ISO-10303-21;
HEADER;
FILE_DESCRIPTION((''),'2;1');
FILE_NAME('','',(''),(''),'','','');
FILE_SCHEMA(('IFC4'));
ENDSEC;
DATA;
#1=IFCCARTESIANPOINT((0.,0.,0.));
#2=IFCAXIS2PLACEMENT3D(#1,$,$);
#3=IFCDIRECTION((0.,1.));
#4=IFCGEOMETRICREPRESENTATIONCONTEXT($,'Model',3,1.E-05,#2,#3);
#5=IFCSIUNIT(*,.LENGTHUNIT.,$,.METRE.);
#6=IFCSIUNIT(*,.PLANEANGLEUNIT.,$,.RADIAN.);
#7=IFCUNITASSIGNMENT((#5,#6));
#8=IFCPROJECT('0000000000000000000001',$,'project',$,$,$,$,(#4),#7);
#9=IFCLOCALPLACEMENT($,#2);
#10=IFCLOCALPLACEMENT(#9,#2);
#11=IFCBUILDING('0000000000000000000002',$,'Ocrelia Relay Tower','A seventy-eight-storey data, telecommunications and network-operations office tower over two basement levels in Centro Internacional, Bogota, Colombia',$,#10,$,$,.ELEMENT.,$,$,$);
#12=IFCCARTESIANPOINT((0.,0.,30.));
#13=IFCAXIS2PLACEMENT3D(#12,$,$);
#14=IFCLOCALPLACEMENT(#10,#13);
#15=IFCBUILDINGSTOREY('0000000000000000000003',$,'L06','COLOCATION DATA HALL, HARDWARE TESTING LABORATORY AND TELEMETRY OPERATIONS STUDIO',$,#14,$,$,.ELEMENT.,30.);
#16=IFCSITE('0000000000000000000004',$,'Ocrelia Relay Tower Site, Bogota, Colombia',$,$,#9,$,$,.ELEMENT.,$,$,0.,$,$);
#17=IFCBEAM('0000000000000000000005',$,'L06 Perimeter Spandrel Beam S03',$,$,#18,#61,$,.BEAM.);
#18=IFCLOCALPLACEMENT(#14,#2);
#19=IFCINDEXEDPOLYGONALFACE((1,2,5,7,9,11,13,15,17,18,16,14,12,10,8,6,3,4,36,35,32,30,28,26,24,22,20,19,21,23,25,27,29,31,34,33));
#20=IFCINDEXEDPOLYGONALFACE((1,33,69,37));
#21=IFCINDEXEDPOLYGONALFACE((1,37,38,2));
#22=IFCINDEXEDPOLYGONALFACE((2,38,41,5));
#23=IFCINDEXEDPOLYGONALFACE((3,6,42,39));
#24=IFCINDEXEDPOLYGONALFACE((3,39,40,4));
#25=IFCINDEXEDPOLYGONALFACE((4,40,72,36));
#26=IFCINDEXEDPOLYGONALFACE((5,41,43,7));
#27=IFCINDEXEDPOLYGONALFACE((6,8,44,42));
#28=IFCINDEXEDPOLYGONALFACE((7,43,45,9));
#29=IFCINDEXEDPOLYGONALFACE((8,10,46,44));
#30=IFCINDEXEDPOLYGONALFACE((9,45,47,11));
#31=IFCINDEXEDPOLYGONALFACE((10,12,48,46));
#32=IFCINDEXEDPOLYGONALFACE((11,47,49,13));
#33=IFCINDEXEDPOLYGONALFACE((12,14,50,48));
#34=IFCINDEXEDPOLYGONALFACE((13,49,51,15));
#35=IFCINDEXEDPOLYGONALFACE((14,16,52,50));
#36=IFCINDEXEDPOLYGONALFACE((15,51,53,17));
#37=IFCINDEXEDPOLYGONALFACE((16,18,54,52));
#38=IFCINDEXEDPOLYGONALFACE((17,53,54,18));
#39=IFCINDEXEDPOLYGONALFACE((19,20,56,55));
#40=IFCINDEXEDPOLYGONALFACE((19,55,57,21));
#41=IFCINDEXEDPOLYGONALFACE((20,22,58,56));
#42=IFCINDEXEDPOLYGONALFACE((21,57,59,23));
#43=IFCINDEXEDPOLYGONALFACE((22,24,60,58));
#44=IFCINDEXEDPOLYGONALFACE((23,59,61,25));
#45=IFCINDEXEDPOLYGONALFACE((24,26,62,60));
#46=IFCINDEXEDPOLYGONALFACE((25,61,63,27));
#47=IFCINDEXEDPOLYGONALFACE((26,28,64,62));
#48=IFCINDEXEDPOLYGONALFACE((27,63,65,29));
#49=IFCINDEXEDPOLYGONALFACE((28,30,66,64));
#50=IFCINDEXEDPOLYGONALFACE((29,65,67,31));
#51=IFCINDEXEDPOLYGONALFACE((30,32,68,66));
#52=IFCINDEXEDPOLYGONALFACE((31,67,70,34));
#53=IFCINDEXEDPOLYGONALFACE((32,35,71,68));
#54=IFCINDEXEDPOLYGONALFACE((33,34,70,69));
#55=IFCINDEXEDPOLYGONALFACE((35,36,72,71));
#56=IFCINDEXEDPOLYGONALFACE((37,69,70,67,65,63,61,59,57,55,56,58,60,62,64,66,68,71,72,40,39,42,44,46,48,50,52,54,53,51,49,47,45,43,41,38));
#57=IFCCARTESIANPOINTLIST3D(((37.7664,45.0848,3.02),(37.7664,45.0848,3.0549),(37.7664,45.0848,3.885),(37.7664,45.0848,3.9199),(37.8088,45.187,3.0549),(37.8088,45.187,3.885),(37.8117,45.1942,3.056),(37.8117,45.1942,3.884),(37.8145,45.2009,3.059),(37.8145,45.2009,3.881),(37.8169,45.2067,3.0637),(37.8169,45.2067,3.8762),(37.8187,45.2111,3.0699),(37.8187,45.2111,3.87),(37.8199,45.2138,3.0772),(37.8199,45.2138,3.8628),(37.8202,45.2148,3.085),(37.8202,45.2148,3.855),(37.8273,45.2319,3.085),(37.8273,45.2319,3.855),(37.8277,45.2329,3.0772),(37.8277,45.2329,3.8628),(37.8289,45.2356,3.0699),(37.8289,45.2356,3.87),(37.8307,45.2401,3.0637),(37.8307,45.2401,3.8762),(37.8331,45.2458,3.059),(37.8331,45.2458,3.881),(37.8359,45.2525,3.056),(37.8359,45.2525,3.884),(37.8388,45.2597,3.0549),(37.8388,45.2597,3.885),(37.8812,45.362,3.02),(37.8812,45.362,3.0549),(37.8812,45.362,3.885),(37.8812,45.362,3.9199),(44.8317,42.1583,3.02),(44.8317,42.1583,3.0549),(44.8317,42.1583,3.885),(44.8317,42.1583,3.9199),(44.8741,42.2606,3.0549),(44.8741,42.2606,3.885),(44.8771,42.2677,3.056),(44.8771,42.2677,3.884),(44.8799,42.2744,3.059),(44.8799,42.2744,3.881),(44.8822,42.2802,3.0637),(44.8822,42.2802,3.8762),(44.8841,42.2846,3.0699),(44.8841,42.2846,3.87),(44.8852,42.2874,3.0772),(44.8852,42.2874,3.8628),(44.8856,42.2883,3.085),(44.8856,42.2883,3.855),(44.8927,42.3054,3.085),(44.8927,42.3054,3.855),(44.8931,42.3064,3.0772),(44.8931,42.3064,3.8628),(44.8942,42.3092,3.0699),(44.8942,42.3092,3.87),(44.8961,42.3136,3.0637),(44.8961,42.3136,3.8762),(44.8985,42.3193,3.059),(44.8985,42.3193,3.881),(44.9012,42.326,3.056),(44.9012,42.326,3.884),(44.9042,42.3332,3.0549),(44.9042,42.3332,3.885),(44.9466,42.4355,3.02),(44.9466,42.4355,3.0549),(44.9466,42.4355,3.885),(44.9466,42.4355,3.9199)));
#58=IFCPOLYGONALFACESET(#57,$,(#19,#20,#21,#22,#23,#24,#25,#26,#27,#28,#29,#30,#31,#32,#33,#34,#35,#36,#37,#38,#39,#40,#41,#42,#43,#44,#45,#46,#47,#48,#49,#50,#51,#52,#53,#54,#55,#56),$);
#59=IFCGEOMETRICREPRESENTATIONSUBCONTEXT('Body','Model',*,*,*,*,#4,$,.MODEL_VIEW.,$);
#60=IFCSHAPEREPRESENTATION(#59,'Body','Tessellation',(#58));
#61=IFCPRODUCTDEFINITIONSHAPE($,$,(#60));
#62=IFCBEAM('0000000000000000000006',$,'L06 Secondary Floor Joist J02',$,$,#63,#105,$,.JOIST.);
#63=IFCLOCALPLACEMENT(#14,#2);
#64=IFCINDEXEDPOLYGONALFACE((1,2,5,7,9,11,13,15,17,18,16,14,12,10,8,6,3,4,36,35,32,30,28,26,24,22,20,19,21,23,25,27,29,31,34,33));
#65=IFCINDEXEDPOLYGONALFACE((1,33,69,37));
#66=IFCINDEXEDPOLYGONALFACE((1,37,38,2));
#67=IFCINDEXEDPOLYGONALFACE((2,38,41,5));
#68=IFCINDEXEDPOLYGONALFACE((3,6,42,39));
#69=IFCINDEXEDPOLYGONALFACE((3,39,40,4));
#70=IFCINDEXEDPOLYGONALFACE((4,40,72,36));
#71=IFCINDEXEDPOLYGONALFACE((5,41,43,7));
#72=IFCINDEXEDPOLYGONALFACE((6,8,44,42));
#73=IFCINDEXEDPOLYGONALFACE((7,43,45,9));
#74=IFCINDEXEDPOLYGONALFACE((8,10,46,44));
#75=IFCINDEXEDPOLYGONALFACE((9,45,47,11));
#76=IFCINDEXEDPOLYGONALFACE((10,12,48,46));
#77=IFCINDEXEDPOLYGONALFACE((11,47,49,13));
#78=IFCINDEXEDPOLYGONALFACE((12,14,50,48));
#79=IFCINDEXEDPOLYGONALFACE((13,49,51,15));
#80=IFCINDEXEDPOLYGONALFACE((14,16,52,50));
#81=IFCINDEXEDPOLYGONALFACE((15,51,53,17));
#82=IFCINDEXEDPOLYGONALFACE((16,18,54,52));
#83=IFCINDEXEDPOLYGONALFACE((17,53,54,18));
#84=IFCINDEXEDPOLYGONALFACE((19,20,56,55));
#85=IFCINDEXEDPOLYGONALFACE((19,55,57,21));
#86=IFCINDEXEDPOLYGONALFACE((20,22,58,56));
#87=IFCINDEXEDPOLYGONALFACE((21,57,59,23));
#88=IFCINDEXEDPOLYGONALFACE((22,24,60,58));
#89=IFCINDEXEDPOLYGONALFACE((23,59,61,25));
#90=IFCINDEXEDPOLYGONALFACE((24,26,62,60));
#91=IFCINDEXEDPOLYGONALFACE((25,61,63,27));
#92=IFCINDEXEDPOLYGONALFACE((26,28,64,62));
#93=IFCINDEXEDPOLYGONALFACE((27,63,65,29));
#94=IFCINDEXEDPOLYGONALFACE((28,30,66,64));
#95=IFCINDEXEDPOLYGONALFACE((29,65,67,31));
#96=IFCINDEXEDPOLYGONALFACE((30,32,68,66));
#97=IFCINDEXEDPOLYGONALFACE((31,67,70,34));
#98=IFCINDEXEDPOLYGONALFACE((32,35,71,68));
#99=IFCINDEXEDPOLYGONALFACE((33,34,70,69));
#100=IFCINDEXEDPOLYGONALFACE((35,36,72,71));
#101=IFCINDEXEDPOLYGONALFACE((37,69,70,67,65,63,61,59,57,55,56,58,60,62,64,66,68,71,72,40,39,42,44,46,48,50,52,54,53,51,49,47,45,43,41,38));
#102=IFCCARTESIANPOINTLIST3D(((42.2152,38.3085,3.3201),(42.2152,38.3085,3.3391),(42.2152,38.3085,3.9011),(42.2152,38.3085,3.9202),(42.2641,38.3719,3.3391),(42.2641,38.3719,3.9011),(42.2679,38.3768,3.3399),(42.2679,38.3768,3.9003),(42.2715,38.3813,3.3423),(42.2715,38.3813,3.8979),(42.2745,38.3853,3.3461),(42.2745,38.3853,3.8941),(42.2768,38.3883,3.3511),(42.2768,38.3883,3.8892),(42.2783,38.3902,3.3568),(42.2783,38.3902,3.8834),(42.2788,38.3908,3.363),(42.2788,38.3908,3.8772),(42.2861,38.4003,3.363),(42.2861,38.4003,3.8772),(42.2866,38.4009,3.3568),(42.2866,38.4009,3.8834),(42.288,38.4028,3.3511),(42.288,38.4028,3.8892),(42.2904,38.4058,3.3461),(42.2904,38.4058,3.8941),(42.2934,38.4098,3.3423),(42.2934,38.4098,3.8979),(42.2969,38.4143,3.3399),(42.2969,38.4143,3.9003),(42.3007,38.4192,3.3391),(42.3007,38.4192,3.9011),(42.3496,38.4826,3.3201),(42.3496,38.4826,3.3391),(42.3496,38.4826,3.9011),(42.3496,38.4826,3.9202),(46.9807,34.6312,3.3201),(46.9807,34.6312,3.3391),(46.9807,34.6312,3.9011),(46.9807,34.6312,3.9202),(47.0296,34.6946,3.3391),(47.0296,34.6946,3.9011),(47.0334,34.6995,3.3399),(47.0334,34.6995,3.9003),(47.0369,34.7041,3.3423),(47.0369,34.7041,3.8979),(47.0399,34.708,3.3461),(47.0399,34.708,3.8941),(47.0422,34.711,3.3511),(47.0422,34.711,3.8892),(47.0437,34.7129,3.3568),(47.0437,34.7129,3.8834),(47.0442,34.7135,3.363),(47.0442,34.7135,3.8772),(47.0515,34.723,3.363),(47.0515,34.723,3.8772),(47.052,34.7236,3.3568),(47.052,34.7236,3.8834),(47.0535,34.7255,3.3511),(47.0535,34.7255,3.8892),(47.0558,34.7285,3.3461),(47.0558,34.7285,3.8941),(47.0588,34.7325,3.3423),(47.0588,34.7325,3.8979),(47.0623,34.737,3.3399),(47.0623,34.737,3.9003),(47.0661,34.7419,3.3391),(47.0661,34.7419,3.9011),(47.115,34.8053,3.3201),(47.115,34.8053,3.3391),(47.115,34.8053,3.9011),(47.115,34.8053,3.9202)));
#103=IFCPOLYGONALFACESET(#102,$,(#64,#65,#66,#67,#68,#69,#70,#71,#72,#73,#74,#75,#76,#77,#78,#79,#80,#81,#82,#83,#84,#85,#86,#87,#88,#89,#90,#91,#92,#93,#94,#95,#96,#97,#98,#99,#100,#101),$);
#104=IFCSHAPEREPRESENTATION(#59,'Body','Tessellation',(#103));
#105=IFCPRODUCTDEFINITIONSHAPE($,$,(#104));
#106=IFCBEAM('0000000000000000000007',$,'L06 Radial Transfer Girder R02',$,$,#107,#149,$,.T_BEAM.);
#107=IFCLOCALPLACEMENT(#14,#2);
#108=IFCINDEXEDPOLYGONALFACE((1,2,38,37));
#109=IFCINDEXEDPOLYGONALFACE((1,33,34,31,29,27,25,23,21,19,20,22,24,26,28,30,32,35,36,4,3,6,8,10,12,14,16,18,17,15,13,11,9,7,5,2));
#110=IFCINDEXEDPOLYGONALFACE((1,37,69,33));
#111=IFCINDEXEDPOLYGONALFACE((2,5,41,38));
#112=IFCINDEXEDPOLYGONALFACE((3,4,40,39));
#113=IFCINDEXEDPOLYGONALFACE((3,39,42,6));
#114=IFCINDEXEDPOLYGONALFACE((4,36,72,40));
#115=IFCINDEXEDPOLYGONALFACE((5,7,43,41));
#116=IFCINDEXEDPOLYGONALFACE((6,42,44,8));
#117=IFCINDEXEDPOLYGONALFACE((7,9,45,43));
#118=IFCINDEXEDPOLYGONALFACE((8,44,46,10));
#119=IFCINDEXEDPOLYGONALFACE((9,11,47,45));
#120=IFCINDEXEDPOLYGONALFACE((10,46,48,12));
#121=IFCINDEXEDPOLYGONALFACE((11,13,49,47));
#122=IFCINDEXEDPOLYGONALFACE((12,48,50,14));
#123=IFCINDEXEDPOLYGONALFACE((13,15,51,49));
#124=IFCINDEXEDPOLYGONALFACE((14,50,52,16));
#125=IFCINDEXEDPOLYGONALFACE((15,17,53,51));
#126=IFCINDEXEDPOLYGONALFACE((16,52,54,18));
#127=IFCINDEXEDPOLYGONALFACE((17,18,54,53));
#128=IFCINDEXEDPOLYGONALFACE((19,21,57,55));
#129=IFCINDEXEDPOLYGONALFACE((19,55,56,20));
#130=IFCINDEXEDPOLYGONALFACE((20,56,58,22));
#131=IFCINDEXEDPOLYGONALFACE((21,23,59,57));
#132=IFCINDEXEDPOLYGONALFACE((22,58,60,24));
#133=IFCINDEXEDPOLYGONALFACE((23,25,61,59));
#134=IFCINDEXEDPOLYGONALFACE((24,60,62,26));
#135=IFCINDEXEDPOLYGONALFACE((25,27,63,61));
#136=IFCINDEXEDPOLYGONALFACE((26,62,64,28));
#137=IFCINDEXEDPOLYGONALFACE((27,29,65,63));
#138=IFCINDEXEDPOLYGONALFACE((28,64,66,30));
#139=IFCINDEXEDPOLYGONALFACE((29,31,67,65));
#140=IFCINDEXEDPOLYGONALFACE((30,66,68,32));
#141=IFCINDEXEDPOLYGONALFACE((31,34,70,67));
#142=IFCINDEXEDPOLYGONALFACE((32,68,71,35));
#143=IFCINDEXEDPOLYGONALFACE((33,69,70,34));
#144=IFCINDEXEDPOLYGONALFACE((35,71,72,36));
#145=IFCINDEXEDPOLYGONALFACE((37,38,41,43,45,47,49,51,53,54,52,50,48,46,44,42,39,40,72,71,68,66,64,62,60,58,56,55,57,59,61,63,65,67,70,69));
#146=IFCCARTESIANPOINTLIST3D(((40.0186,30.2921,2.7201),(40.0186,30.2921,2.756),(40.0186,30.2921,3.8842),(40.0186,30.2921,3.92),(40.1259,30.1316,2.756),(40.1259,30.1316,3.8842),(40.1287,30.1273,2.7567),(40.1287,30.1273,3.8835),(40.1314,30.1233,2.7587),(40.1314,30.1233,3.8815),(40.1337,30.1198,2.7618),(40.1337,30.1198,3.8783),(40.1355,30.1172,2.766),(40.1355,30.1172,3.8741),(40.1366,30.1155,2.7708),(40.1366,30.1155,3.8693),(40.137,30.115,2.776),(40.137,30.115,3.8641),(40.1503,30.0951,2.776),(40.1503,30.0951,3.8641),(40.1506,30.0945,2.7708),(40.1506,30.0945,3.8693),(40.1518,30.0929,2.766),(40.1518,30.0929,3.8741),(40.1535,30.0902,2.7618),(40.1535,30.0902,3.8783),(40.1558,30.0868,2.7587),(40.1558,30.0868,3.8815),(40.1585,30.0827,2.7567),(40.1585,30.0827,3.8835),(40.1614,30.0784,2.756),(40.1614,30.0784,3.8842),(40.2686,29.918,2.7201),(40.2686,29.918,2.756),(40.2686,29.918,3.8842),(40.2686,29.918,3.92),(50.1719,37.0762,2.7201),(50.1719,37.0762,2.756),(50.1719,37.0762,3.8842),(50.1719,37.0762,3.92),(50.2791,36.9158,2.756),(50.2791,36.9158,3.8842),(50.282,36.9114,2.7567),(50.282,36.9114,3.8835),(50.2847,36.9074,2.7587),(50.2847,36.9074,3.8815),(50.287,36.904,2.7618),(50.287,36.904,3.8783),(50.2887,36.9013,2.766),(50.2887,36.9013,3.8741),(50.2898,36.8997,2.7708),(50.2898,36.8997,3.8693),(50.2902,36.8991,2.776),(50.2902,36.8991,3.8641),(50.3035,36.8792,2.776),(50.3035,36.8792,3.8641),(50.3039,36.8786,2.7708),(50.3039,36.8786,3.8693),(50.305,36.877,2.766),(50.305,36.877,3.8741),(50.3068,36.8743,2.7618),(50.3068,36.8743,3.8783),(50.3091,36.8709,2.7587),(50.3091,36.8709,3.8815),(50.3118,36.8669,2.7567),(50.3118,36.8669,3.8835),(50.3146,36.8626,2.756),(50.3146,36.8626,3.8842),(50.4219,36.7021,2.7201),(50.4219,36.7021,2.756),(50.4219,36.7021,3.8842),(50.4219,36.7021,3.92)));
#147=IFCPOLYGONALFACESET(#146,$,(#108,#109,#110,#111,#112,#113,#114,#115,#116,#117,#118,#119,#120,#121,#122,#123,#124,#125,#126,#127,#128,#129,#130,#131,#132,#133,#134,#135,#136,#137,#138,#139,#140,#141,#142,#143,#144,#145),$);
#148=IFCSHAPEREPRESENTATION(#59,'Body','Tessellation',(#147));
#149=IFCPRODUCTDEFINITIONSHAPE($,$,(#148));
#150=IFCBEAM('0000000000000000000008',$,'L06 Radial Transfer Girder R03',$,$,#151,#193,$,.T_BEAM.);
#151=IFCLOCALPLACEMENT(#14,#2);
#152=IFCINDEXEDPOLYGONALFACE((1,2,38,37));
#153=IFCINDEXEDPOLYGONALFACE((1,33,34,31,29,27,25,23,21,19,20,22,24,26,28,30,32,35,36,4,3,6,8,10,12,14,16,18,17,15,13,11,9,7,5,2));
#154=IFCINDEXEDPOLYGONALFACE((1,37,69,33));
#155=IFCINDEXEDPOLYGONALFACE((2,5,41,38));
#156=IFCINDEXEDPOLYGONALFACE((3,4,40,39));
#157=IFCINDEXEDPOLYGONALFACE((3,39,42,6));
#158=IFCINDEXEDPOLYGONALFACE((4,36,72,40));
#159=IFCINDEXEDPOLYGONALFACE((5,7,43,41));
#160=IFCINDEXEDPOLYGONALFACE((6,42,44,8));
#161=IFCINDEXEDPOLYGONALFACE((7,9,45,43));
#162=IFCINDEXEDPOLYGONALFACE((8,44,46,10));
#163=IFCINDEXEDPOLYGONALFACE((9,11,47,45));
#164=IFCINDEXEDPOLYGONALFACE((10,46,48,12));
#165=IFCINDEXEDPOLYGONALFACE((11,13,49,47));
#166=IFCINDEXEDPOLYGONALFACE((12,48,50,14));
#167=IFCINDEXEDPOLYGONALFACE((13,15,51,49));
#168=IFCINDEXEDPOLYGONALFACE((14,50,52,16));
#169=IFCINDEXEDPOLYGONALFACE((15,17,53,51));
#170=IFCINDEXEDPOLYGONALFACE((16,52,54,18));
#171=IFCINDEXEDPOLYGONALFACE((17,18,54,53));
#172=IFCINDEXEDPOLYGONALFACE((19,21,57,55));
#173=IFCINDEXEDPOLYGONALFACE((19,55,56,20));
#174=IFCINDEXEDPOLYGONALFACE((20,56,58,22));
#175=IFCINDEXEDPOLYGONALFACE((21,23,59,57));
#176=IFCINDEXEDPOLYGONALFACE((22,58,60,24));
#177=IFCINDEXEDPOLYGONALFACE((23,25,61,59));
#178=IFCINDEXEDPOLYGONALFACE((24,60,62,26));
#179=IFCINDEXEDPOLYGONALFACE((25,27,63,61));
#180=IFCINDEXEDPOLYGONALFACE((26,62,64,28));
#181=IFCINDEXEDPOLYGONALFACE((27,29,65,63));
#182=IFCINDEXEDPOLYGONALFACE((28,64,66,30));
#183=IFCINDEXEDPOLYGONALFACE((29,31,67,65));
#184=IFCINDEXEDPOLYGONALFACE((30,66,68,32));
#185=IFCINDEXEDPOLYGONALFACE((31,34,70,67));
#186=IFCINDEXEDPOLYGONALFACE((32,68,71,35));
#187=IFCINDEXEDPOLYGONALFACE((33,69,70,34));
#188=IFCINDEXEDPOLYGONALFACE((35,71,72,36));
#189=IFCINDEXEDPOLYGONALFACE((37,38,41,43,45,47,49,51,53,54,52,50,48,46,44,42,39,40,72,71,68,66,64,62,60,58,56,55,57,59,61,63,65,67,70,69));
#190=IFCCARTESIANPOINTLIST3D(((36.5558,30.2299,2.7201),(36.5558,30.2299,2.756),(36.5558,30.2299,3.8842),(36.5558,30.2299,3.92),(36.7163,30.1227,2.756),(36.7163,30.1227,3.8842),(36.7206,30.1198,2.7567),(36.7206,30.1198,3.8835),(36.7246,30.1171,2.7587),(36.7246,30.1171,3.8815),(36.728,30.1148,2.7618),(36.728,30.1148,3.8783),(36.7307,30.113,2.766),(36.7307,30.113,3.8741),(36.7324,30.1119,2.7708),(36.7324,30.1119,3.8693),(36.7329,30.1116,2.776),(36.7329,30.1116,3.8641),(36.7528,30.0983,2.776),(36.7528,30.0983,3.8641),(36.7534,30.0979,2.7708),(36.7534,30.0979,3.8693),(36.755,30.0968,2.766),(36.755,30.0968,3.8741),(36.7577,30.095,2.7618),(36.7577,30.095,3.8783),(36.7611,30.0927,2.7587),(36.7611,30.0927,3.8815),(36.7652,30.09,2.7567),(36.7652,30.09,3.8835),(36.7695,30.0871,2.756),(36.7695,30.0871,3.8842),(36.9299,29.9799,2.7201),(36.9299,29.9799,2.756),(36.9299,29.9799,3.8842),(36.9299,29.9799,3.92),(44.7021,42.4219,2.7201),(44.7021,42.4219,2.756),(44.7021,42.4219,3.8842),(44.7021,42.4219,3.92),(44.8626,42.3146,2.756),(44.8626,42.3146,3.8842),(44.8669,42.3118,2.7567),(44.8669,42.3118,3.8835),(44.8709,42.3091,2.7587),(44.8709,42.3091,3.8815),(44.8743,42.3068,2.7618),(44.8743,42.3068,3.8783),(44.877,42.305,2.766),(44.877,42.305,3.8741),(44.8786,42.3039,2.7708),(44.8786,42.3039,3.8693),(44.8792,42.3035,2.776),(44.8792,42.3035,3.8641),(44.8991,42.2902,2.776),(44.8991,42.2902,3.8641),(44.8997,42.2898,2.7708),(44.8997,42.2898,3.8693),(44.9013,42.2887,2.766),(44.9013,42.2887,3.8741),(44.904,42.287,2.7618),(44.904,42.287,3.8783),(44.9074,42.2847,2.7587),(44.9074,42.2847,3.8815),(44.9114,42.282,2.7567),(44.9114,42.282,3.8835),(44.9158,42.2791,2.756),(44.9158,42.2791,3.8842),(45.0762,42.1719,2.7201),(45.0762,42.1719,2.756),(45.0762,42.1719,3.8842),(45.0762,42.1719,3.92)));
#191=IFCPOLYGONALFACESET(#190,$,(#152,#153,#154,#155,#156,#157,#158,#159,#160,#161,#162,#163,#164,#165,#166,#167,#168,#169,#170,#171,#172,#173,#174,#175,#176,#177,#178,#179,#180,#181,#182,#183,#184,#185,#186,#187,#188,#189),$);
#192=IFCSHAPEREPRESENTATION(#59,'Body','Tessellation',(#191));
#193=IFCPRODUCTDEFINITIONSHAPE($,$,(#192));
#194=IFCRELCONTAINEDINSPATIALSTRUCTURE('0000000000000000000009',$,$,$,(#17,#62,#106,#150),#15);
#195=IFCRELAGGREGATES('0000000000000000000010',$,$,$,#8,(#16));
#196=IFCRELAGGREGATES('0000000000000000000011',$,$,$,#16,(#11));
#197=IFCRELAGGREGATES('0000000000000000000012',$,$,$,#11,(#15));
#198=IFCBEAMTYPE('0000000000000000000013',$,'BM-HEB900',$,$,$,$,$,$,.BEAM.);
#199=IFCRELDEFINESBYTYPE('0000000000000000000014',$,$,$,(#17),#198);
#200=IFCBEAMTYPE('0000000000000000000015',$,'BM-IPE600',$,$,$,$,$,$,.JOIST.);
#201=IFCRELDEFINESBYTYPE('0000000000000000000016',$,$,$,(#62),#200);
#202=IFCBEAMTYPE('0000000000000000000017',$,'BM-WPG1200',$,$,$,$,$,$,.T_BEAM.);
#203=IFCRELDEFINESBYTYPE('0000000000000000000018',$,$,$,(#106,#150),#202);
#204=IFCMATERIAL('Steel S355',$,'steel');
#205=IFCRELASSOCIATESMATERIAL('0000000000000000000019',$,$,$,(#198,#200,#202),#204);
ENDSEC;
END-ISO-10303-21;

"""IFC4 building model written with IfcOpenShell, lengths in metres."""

from ifc_helpers import new_model, si_unit, direction, frame, origin, origin_2d, place, context, subcontext, project, spatial, i_section, extrude, material, material_profile, profile_set, type_object, element, save


model = new_model("IFC4")

# Units and contexts
model_context = context("Model", 3, precision=1e-05, world=origin(), true_north=direction((0.0, 1.0)))
body_context = subcontext(model_context, "Body", "Model", "MODEL_VIEW")
ifc_project = project(units=[si_unit("LENGTHUNIT", "METRE"), si_unit("PLANEANGLEUNIT", "RADIAN")], contexts=[model_context])

# Site, building, storey
site_placement = place(None, origin())
site = spatial("IfcSite", under=ifc_project, at=site_placement, Name="Ocrelia Relay Tower Site, Bogota, Colombia", CompositionType="ELEMENT", RefElevation=0.0)
building_placement = place(site_placement, origin())
building = spatial("IfcBuilding", under=site, at=building_placement, Name="Ocrelia Relay Tower", Description="A seventy-eight-storey data, telecommunications and network-operations office tower over two basement levels in Centro Internacional, Bogota, Colombia", CompositionType="ELEMENT")
storey_placement = place(building_placement, frame((0.0, 0.0, 30.0)))
storey = spatial("IfcBuildingStorey", under=building, at=storey_placement, Name="L06", Description="COLOCATION DATA HALL, HARDWARE TESTING LABORATORY AND TELEMETRY OPERATIONS STUDIO", CompositionType="ELEMENT", Elevation=30.0)

# Beams
ifc_material_1 = material(Name="Steel S355", Category="steel")
ifc_material_profile_1 = material_profile(ifc_material_1, i_section(OverallWidth=0.3, OverallDepth=0.8999, WebThickness=0.0186, FlangeThickness=0.0349, FilletRadius=0.03, at=origin_2d()), Name="HEB 900")
ifc_profile_set_1 = profile_set([ifc_material_profile_1], Name="Steel S355")
beam_type_1 = type_object("IfcBeamType", Name="BM-HEB900", PredefinedType="BEAM", material=ifc_profile_set_1)
beam_1_placement = place(storey_placement, frame((44.8892, 42.2969, 3.47), z_axis=(-0.923883, 0.382674, 0.0), x_axis=(-0.382674, -0.923883, 0.0)))
element("IfcBeam", 1, at=beam_1_placement, inside=storey, type_object=beam_type_1, Name="L06 Perimeter Spandrel Beam S03", PredefinedType="BEAM", context=body_context, shape_type="SweptSolid", body=[
    extrude(i_section(OverallWidth=0.3, OverallDepth=0.8999, WebThickness=0.0186, FlangeThickness=0.0349, FilletRadius=0.03, at=origin_2d()), origin(), (0.0, 0.0, 1.0), 7.6475),
])
ifc_material_profile_2 = material_profile(ifc_material_1, i_section(OverallWidth=0.22, OverallDepth=0.6001, WebThickness=0.012, FlangeThickness=0.019, FilletRadius=0.0239, at=origin_2d()), Name="IPE 600")
ifc_profile_set_2 = profile_set([ifc_material_profile_2], Name="Steel S355")
beam_type_2 = type_object("IfcBeamType", Name="BM-IPE600", PredefinedType="JOIST", material=ifc_profile_set_2)
beam_2_placement = place(storey_placement, frame((47.0479, 34.7183, 3.6201), z_axis=(-0.791694, 0.610918, 0.0), x_axis=(-0.610918, -0.791694, 0.0)))
element("IfcBeam", 2, at=beam_2_placement, inside=storey, type_object=beam_type_2, Name="L06 Secondary Floor Joist J02", PredefinedType="JOIST", context=body_context, shape_type="SweptSolid", body=[
    extrude(i_section(OverallWidth=0.22, OverallDepth=0.6001, WebThickness=0.012, FlangeThickness=0.019, FilletRadius=0.0239, at=origin_2d()), origin(), (0.0, 0.0, 1.0), 6.0193),
])
ifc_material_profile_3 = material_profile(ifc_material_1, i_section(OverallWidth=0.45, OverallDepth=1.2, WebThickness=0.0239, FlangeThickness=0.0359, FilletRadius=0.02, at=origin_2d()), Name="WPG 1200x450")
ifc_profile_set_3 = profile_set([ifc_material_profile_3], Name="Steel S355")
beam_type_3 = type_object("IfcBeamType", Name="BM-WPG1200", PredefinedType="T_BEAM", material=ifc_profile_set_3)
beam_3_placement = place(storey_placement, frame((50.2969, 36.8892, 3.3201), z_axis=(-0.831472, -0.555567, 0.0), x_axis=(0.555567, -0.831472, 0.0)))
element("IfcBeam", 3, at=beam_3_placement, inside=storey, type_object=beam_type_3, Name="L06 Radial Transfer Girder R02", PredefinedType="T_BEAM", context=body_context, shape_type="SweptSolid", body=[
    extrude(i_section(OverallWidth=0.45, OverallDepth=1.2, WebThickness=0.0239, FlangeThickness=0.0359, FilletRadius=0.02, at=origin_2d()), origin(), (0.0, 0.0, 1.0), 12.2112),
])
beam_4_placement = place(storey_placement, frame((44.8892, 42.2969, 3.3201), z_axis=(-0.555564, -0.831473, 0.0), x_axis=(0.831473, -0.555564, 0.0)))
element("IfcBeam", 4, at=beam_4_placement, inside=storey, type_object=beam_type_3, Name="L06 Radial Transfer Girder R03", PredefinedType="T_BEAM", context=body_context, shape_type="SweptSolid", body=[
    extrude(i_section(OverallWidth=0.45, OverallDepth=1.2, WebThickness=0.0239, FlangeThickness=0.0359, FilletRadius=0.02, at=origin_2d()), origin(), (0.0, 0.0, 1.0), 14.6631),
])

save(model, "model.ifc")
